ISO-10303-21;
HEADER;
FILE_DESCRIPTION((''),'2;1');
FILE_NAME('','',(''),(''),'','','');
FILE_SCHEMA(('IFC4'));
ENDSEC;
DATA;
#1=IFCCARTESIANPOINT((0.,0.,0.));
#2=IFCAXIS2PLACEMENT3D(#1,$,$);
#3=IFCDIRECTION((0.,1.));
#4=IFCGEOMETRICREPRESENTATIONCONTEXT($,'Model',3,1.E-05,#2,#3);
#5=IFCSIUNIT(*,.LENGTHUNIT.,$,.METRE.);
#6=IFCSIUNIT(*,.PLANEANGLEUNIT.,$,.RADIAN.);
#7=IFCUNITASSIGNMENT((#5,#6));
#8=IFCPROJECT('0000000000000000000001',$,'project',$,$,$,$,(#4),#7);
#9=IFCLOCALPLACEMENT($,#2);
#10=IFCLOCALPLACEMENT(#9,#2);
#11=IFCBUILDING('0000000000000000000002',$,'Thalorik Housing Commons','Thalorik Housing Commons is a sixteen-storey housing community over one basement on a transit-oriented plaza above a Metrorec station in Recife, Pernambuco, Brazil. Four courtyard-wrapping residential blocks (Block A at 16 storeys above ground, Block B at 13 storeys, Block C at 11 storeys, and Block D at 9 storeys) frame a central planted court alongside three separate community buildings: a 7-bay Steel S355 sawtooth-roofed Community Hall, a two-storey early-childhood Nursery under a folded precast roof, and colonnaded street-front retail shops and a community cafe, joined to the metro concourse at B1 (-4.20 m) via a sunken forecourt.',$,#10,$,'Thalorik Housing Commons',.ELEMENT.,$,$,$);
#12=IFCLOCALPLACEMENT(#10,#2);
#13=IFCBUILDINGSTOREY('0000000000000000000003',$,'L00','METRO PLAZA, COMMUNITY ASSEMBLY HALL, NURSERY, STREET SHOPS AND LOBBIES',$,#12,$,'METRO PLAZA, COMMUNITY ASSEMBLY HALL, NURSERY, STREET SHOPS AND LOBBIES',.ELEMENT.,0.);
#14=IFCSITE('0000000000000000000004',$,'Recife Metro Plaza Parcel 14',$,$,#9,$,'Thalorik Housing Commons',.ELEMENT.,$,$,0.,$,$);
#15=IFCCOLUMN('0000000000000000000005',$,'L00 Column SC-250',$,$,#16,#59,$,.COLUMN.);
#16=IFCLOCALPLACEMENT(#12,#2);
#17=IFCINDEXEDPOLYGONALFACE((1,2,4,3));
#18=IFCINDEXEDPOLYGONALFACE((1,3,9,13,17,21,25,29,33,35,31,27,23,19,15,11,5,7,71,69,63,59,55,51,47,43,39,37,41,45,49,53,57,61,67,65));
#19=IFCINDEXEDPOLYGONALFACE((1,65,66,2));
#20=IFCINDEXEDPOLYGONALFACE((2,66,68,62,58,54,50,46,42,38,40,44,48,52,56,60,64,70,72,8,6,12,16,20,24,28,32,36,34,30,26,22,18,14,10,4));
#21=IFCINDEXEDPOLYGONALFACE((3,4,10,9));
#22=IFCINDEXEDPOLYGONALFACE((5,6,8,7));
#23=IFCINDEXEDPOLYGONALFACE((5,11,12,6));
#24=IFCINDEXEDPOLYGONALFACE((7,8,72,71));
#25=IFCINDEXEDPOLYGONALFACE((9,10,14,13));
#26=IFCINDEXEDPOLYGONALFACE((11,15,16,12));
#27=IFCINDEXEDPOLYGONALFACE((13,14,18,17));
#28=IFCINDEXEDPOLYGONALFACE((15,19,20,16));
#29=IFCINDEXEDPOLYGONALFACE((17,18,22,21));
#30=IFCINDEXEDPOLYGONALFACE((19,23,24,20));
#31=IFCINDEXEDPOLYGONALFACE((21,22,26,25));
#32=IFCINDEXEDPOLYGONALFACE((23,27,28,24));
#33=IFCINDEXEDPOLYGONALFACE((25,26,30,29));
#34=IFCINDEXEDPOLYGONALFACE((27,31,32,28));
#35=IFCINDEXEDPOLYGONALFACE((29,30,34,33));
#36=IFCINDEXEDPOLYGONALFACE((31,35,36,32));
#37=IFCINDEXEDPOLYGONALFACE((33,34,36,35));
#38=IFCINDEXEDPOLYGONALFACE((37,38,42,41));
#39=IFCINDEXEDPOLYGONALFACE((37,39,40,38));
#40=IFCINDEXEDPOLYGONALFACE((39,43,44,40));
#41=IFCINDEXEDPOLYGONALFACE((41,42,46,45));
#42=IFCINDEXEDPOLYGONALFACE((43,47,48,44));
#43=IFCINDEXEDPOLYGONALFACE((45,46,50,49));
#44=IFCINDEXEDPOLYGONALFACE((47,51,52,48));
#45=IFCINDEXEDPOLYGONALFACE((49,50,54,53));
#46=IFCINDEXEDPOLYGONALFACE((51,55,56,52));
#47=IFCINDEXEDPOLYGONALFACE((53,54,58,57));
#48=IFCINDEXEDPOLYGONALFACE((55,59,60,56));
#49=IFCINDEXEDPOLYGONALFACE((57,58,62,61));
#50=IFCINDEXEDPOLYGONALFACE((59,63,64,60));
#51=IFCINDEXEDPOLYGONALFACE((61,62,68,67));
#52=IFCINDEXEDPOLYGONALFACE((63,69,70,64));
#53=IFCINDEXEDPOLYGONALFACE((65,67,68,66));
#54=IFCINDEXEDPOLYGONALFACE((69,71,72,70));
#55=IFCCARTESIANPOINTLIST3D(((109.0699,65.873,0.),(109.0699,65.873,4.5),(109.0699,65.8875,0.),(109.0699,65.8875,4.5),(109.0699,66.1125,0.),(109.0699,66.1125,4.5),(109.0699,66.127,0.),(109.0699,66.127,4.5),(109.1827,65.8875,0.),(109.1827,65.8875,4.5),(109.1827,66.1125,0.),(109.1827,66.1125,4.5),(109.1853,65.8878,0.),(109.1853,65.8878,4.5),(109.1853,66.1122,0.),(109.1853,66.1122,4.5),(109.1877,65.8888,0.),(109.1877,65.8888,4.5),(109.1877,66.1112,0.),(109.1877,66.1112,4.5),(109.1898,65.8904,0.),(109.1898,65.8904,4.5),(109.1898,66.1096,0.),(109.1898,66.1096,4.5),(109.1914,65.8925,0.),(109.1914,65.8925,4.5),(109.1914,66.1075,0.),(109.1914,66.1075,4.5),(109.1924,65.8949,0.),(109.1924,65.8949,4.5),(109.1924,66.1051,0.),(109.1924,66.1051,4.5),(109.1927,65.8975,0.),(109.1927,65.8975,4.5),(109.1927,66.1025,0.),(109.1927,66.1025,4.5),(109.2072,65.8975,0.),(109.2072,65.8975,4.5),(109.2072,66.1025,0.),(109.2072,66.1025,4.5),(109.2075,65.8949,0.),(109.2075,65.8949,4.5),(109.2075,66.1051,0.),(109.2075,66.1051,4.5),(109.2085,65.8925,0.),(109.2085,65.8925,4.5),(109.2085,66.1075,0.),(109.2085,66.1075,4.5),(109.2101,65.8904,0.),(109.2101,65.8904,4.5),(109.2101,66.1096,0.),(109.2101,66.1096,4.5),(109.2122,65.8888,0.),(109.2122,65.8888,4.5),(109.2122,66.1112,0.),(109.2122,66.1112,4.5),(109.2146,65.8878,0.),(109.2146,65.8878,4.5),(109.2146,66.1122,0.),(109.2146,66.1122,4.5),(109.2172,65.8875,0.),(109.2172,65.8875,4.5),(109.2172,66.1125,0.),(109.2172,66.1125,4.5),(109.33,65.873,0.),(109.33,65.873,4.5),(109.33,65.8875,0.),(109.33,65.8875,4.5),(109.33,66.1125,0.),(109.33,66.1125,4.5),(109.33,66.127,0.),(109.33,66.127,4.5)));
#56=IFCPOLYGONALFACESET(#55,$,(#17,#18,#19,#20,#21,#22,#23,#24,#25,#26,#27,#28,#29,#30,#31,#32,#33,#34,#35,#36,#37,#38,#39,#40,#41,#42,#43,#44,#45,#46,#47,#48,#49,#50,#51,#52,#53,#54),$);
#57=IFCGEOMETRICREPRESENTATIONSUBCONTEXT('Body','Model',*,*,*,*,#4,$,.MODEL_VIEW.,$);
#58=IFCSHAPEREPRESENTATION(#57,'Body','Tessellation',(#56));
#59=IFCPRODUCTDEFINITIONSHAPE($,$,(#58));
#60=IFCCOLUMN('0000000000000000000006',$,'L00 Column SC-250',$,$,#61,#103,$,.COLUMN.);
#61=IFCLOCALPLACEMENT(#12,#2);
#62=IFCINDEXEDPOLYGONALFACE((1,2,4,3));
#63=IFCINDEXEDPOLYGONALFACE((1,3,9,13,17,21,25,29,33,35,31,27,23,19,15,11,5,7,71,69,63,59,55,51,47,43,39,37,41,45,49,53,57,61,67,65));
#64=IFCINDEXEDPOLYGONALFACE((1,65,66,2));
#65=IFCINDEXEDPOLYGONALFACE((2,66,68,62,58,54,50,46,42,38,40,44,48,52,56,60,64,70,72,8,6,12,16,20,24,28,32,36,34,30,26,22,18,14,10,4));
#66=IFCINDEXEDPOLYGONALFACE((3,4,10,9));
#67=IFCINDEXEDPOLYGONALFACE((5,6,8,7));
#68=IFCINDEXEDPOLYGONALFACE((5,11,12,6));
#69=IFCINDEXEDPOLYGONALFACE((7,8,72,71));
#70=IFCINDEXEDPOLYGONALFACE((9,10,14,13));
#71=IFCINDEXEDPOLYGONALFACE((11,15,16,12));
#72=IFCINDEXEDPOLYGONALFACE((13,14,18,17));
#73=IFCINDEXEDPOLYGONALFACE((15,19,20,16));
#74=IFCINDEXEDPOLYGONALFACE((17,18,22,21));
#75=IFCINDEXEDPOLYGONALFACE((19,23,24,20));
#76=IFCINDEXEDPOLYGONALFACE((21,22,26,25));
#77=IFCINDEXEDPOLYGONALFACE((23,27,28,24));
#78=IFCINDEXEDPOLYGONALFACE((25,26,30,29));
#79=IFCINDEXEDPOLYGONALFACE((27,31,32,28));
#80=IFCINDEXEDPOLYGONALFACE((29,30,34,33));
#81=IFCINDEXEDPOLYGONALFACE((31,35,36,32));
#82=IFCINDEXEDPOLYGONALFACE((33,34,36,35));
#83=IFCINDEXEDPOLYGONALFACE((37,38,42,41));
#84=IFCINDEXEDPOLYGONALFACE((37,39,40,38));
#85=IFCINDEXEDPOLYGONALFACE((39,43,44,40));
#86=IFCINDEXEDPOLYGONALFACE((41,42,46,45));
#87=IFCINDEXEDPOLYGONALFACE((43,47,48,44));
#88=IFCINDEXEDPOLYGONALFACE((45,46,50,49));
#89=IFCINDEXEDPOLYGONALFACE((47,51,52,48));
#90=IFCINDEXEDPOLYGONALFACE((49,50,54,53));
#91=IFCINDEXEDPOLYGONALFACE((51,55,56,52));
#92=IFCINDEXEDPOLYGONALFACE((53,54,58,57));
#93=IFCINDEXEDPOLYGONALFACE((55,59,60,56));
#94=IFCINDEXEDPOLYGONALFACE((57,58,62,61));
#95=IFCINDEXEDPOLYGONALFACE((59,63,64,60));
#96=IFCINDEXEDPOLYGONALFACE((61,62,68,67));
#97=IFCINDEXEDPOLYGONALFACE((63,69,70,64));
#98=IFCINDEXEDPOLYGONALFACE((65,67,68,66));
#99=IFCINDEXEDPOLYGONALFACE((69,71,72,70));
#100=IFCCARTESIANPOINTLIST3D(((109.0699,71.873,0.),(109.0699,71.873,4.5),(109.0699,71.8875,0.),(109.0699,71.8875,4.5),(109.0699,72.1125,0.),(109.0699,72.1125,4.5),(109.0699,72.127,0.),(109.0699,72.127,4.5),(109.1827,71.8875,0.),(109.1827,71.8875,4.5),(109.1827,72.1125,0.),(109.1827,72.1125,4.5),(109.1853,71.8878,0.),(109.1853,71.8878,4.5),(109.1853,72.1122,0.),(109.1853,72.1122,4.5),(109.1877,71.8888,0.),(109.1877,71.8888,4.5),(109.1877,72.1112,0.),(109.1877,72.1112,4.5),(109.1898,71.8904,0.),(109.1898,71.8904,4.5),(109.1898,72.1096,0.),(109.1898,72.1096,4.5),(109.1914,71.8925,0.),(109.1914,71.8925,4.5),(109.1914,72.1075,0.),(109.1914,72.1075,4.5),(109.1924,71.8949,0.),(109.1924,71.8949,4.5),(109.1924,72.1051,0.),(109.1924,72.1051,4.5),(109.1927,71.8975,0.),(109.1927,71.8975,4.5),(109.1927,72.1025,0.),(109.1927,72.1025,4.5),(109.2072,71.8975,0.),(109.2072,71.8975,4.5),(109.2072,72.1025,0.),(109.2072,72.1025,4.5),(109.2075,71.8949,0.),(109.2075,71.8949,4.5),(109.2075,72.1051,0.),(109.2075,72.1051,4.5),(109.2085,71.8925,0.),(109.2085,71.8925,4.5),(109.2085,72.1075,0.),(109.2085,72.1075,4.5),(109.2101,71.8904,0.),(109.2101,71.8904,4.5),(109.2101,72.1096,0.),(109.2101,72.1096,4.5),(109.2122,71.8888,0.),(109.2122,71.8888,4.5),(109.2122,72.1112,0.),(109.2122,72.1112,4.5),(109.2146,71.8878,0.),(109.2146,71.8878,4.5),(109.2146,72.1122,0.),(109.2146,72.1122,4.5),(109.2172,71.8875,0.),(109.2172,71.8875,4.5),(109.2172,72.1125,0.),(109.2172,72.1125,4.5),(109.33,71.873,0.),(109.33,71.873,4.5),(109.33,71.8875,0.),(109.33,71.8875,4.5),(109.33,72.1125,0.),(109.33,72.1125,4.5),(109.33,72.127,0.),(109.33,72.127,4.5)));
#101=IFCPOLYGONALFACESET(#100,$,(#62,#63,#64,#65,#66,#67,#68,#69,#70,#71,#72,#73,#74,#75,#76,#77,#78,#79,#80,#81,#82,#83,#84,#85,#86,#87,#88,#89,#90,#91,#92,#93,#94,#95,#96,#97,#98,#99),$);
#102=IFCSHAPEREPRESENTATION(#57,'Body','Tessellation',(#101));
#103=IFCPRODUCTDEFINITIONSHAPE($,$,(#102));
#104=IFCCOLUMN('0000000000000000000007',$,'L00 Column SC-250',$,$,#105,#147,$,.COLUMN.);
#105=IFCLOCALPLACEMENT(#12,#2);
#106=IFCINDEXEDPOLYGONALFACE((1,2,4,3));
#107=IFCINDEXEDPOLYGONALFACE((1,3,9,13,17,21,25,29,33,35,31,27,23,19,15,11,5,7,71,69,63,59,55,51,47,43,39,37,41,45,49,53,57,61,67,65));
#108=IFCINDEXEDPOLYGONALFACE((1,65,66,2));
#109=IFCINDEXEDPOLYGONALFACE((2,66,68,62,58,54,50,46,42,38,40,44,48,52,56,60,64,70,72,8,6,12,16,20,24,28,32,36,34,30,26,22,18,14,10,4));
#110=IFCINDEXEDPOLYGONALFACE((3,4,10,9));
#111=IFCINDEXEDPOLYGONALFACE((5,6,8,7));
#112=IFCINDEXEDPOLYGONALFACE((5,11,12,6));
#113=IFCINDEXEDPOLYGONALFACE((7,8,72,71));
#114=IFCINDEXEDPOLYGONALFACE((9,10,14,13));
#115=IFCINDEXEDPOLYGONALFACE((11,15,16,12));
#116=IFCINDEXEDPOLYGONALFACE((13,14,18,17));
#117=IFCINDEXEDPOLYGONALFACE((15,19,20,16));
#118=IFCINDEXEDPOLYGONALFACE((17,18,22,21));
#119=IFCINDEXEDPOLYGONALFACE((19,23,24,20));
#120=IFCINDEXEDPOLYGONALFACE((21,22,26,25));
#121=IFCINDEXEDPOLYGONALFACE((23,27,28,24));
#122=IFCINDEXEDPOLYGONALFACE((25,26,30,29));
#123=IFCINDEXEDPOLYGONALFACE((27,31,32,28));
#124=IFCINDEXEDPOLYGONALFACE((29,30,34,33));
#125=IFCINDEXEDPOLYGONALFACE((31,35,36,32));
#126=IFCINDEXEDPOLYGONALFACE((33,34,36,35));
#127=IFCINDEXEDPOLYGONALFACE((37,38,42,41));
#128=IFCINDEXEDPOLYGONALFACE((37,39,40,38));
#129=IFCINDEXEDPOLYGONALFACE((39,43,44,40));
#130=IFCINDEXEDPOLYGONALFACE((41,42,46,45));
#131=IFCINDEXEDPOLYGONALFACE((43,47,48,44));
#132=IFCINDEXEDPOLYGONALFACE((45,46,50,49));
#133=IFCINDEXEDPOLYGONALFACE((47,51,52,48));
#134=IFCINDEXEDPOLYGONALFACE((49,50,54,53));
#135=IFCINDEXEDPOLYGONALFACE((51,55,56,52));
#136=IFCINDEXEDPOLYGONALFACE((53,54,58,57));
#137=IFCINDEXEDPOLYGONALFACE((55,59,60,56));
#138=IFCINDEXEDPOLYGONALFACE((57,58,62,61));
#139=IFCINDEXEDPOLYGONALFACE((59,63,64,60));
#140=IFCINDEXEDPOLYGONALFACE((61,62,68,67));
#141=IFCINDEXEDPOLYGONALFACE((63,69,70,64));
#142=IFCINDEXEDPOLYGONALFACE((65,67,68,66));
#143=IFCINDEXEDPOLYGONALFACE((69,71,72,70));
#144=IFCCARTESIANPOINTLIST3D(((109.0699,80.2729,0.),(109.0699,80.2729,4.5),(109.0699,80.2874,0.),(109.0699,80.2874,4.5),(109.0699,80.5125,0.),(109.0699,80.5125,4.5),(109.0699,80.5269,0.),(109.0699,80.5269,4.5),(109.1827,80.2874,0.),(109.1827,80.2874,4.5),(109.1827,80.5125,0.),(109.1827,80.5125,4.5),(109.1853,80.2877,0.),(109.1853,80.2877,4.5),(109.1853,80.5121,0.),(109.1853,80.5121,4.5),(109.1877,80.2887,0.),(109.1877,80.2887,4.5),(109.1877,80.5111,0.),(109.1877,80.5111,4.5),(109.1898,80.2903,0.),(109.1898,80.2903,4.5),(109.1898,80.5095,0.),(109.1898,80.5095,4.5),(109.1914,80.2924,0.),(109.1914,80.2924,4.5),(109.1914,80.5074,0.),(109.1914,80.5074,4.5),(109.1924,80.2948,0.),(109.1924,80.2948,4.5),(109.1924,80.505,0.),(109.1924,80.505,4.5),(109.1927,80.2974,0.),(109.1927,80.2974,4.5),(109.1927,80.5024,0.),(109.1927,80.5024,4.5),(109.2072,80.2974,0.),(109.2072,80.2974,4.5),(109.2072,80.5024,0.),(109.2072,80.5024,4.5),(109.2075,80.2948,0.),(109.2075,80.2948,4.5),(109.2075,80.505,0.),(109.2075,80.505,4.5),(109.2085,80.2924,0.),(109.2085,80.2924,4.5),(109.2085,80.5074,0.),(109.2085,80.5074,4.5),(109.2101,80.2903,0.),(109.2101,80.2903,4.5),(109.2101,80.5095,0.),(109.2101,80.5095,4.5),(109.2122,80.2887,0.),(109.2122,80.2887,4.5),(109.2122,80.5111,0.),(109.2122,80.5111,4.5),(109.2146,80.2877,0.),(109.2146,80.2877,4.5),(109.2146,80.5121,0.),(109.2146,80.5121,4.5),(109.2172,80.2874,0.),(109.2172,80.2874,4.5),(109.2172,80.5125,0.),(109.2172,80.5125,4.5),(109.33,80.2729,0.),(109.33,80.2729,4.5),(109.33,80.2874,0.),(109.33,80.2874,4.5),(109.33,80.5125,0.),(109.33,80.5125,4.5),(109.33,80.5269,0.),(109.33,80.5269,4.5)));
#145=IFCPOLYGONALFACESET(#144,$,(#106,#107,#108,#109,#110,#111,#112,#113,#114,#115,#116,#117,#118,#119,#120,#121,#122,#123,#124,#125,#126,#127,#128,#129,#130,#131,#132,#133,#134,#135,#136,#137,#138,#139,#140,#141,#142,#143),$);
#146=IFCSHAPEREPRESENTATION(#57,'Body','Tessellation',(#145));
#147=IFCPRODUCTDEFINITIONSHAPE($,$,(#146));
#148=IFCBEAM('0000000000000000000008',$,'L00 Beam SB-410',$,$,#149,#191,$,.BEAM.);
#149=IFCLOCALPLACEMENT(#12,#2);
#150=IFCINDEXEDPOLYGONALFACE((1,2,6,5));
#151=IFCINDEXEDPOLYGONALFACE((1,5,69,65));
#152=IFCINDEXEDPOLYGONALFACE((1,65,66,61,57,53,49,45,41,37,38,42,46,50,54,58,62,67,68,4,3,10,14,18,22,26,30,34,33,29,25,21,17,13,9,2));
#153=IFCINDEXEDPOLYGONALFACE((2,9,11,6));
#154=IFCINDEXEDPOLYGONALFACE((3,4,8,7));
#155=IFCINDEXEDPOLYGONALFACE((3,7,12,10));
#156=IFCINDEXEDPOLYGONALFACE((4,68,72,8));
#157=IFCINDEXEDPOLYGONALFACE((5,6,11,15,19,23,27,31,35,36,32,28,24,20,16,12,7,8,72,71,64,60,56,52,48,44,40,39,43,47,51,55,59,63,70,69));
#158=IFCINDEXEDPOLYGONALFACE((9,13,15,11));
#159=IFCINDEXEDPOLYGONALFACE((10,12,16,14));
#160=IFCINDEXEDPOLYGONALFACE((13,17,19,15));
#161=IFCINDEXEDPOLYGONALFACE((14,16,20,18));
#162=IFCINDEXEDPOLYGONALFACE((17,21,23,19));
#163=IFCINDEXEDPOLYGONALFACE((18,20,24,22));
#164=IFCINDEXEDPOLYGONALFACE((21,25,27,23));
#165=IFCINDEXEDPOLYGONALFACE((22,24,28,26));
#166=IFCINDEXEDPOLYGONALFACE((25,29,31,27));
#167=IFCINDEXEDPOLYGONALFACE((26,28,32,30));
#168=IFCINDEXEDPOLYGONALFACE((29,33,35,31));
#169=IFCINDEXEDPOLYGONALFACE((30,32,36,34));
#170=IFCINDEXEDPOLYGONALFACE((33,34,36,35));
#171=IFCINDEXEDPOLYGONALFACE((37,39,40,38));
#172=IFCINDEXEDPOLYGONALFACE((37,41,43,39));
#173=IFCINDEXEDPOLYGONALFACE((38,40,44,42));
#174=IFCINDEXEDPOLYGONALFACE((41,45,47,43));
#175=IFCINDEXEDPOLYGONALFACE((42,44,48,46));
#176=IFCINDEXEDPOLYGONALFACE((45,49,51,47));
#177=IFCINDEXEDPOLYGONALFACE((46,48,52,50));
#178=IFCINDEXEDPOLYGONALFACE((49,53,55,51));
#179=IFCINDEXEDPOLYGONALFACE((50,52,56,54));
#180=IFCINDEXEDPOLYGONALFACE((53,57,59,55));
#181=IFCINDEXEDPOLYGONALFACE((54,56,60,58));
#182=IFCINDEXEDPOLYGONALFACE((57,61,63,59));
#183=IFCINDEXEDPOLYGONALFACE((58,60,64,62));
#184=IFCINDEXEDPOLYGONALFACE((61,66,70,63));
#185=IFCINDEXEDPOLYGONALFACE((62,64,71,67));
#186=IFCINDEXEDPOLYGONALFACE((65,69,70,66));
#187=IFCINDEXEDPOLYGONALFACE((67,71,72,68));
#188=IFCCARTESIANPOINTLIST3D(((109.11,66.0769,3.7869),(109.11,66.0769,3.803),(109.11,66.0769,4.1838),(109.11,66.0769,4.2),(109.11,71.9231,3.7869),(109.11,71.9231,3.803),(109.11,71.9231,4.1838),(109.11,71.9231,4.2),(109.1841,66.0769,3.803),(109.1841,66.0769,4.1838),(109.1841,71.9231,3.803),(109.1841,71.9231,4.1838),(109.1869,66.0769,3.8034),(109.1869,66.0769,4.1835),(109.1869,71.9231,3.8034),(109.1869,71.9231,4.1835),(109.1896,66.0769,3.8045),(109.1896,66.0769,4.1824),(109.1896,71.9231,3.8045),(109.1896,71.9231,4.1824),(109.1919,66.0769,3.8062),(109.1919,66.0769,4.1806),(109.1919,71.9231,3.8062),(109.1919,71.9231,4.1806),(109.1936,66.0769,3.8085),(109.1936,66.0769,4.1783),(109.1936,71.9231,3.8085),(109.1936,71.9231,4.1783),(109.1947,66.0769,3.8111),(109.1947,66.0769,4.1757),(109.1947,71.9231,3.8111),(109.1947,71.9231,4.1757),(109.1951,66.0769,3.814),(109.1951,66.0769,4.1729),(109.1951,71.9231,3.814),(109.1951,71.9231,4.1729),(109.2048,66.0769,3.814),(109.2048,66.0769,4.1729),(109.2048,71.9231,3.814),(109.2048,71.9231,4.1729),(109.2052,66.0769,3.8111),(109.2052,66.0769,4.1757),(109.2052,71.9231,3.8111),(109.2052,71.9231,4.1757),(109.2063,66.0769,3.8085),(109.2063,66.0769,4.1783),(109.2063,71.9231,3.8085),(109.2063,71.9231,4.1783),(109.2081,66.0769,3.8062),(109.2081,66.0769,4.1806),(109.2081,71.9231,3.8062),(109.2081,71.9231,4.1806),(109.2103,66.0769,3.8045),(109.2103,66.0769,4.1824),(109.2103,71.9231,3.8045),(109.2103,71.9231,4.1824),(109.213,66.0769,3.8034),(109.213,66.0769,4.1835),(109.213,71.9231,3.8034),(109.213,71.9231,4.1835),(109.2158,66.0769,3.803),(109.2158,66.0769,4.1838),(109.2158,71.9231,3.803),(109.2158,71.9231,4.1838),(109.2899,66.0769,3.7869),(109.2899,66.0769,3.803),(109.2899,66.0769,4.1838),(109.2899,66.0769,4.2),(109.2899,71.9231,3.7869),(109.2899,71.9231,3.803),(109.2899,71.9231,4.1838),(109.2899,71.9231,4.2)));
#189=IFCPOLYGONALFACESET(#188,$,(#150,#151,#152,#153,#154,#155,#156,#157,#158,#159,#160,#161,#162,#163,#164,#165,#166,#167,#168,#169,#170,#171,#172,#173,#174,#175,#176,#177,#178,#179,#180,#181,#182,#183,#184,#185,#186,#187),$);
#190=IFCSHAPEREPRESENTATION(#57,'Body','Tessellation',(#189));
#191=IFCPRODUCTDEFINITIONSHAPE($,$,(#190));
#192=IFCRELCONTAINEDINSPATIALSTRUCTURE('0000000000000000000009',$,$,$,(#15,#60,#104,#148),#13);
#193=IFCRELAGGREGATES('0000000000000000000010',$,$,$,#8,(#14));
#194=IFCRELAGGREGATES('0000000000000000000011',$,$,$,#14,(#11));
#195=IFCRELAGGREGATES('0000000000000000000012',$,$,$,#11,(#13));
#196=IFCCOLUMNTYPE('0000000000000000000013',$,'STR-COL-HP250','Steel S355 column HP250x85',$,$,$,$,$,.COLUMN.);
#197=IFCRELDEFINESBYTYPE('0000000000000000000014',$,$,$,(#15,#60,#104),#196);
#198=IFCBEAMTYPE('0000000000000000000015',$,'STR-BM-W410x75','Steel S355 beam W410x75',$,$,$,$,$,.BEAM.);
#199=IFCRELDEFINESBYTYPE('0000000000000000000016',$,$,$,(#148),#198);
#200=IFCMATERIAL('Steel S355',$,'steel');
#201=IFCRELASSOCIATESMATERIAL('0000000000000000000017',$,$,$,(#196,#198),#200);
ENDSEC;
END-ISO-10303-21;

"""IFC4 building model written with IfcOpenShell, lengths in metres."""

from ifc_helpers import new_model, si_unit, direction, frame, origin, origin_2d, place, context, subcontext, project, spatial, i_section, extrude, material, material_profile, profile_set, type_object, element, save


model = new_model("IFC4")

# Units and contexts
model_context = context("Model", 3, precision=1e-05, world=origin(), true_north=direction((0.0, 1.0)))
body_context = subcontext(model_context, "Body", "Model", "MODEL_VIEW")
ifc_project = project(units=[si_unit("LENGTHUNIT", "METRE"), si_unit("PLANEANGLEUNIT", "RADIAN")], contexts=[model_context])

# Site, building, storey
site_placement = place(None, origin())
site = spatial("IfcSite", under=ifc_project, at=site_placement, Name="Recife Metro Plaza Parcel 14", LongName="Thalorik Housing Commons", CompositionType="ELEMENT", RefElevation=0.0)
building_placement = place(site_placement, origin())
building = spatial("IfcBuilding", under=site, at=building_placement, Name="Thalorik Housing Commons", Description="Thalorik Housing Commons is a sixteen-storey housing community over one basement on a transit-oriented plaza above a Metrorec station in Recife, Pernambuco, Brazil. Four courtyard-wrapping residential blocks (Block A at 16 storeys above ground, Block B at 13 storeys, Block C at 11 storeys, and Block D at 9 storeys) frame a central planted court alongside three separate community buildings: a 7-bay Steel S355 sawtooth-roofed Community Hall, a two-storey early-childhood Nursery under a folded precast roof, and colonnaded street-front retail shops and a community cafe, joined to the metro concourse at B1 (-4.20 m) via a sunken forecourt.", LongName="Thalorik Housing Commons", CompositionType="ELEMENT")
storey_placement = place(building_placement, origin())
storey = spatial("IfcBuildingStorey", under=building, at=storey_placement, Name="L00", Description="METRO PLAZA, COMMUNITY ASSEMBLY HALL, NURSERY, STREET SHOPS AND LOBBIES", LongName="METRO PLAZA, COMMUNITY ASSEMBLY HALL, NURSERY, STREET SHOPS AND LOBBIES", CompositionType="ELEMENT", Elevation=0.0)

# Columns
ifc_material_1 = material(Name="Steel S355", Category="steel")
ifc_material_profile_1 = material_profile(ifc_material_1, i_section(OverallWidth=0.26, OverallDepth=0.2539, WebThickness=0.0144, FlangeThickness=0.0144, FilletRadius=0.01, at=origin_2d()), Name="HP250x85", Category="steel")
ifc_profile_set_1 = profile_set([ifc_material_profile_1], Name="Steel S355")
column_type = type_object("IfcColumnType", Name="STR-COL-HP250", Description="Steel S355 column HP250x85", PredefinedType="COLUMN", material=ifc_profile_set_1)
for number, where, z_axis, x_axis, name in (
    (1, (109.2, 66.0, 0.0), (0.0, 0.0, 1.0), (1.0, 0.0, 0.0), "L00 Column SC-250"),
    (2, (109.2, 72.0, 0.0), (0.0, 0.0, 1.0), (1.0, 0.0, 0.0), "L00 Column SC-250"),
    (3, (109.2, 80.3999, 0.0), (0.0, 0.0, 1.0), (1.0, 0.0, 0.0), "L00 Column SC-250"),
):
    element("IfcColumn", number, at=place(storey_placement, frame(where, z_axis=z_axis, x_axis=x_axis)), inside=storey, type_object=column_type, Name=name, PredefinedType="COLUMN", context=body_context, shape_type="SweptSolid", body=[
        extrude(i_section(OverallWidth=0.26, OverallDepth=0.2539, WebThickness=0.0144, FlangeThickness=0.0144, FilletRadius=0.01, at=origin_2d()), origin(), (0.0, 0.0, 1.0), 4.5),
    ])

# Beam
ifc_material_profile_2 = material_profile(ifc_material_1, i_section(OverallWidth=0.1799, OverallDepth=0.4131, WebThickness=0.0098, FlangeThickness=0.0161, FilletRadius=0.011, at=origin_2d()), Name="W410x75", Category="steel")
ifc_profile_set_2 = profile_set([ifc_material_profile_2], Name="Steel S355")
beam_type_1 = type_object("IfcBeamType", Name="STR-BM-W410x75", Description="Steel S355 beam W410x75", PredefinedType="BEAM", material=ifc_profile_set_2)
beam_1_placement = place(storey_placement, frame((109.2, 66.0769, 3.9934), z_axis=(0.0, 1.0, 0.0), x_axis=(-1.0, 0.0, 0.0)))
element("IfcBeam", 4, at=beam_1_placement, inside=storey, type_object=beam_type_1, Name="L00 Beam SB-410", PredefinedType="BEAM", context=body_context, shape_type="SweptSolid", body=[
    extrude(i_section(OverallWidth=0.1799, OverallDepth=0.4131, WebThickness=0.0098, FlangeThickness=0.0161, FilletRadius=0.011, at=origin_2d()), origin(), (0.0, 0.0, 1.0), 5.8462),
])

save(model, "model.ifc")
